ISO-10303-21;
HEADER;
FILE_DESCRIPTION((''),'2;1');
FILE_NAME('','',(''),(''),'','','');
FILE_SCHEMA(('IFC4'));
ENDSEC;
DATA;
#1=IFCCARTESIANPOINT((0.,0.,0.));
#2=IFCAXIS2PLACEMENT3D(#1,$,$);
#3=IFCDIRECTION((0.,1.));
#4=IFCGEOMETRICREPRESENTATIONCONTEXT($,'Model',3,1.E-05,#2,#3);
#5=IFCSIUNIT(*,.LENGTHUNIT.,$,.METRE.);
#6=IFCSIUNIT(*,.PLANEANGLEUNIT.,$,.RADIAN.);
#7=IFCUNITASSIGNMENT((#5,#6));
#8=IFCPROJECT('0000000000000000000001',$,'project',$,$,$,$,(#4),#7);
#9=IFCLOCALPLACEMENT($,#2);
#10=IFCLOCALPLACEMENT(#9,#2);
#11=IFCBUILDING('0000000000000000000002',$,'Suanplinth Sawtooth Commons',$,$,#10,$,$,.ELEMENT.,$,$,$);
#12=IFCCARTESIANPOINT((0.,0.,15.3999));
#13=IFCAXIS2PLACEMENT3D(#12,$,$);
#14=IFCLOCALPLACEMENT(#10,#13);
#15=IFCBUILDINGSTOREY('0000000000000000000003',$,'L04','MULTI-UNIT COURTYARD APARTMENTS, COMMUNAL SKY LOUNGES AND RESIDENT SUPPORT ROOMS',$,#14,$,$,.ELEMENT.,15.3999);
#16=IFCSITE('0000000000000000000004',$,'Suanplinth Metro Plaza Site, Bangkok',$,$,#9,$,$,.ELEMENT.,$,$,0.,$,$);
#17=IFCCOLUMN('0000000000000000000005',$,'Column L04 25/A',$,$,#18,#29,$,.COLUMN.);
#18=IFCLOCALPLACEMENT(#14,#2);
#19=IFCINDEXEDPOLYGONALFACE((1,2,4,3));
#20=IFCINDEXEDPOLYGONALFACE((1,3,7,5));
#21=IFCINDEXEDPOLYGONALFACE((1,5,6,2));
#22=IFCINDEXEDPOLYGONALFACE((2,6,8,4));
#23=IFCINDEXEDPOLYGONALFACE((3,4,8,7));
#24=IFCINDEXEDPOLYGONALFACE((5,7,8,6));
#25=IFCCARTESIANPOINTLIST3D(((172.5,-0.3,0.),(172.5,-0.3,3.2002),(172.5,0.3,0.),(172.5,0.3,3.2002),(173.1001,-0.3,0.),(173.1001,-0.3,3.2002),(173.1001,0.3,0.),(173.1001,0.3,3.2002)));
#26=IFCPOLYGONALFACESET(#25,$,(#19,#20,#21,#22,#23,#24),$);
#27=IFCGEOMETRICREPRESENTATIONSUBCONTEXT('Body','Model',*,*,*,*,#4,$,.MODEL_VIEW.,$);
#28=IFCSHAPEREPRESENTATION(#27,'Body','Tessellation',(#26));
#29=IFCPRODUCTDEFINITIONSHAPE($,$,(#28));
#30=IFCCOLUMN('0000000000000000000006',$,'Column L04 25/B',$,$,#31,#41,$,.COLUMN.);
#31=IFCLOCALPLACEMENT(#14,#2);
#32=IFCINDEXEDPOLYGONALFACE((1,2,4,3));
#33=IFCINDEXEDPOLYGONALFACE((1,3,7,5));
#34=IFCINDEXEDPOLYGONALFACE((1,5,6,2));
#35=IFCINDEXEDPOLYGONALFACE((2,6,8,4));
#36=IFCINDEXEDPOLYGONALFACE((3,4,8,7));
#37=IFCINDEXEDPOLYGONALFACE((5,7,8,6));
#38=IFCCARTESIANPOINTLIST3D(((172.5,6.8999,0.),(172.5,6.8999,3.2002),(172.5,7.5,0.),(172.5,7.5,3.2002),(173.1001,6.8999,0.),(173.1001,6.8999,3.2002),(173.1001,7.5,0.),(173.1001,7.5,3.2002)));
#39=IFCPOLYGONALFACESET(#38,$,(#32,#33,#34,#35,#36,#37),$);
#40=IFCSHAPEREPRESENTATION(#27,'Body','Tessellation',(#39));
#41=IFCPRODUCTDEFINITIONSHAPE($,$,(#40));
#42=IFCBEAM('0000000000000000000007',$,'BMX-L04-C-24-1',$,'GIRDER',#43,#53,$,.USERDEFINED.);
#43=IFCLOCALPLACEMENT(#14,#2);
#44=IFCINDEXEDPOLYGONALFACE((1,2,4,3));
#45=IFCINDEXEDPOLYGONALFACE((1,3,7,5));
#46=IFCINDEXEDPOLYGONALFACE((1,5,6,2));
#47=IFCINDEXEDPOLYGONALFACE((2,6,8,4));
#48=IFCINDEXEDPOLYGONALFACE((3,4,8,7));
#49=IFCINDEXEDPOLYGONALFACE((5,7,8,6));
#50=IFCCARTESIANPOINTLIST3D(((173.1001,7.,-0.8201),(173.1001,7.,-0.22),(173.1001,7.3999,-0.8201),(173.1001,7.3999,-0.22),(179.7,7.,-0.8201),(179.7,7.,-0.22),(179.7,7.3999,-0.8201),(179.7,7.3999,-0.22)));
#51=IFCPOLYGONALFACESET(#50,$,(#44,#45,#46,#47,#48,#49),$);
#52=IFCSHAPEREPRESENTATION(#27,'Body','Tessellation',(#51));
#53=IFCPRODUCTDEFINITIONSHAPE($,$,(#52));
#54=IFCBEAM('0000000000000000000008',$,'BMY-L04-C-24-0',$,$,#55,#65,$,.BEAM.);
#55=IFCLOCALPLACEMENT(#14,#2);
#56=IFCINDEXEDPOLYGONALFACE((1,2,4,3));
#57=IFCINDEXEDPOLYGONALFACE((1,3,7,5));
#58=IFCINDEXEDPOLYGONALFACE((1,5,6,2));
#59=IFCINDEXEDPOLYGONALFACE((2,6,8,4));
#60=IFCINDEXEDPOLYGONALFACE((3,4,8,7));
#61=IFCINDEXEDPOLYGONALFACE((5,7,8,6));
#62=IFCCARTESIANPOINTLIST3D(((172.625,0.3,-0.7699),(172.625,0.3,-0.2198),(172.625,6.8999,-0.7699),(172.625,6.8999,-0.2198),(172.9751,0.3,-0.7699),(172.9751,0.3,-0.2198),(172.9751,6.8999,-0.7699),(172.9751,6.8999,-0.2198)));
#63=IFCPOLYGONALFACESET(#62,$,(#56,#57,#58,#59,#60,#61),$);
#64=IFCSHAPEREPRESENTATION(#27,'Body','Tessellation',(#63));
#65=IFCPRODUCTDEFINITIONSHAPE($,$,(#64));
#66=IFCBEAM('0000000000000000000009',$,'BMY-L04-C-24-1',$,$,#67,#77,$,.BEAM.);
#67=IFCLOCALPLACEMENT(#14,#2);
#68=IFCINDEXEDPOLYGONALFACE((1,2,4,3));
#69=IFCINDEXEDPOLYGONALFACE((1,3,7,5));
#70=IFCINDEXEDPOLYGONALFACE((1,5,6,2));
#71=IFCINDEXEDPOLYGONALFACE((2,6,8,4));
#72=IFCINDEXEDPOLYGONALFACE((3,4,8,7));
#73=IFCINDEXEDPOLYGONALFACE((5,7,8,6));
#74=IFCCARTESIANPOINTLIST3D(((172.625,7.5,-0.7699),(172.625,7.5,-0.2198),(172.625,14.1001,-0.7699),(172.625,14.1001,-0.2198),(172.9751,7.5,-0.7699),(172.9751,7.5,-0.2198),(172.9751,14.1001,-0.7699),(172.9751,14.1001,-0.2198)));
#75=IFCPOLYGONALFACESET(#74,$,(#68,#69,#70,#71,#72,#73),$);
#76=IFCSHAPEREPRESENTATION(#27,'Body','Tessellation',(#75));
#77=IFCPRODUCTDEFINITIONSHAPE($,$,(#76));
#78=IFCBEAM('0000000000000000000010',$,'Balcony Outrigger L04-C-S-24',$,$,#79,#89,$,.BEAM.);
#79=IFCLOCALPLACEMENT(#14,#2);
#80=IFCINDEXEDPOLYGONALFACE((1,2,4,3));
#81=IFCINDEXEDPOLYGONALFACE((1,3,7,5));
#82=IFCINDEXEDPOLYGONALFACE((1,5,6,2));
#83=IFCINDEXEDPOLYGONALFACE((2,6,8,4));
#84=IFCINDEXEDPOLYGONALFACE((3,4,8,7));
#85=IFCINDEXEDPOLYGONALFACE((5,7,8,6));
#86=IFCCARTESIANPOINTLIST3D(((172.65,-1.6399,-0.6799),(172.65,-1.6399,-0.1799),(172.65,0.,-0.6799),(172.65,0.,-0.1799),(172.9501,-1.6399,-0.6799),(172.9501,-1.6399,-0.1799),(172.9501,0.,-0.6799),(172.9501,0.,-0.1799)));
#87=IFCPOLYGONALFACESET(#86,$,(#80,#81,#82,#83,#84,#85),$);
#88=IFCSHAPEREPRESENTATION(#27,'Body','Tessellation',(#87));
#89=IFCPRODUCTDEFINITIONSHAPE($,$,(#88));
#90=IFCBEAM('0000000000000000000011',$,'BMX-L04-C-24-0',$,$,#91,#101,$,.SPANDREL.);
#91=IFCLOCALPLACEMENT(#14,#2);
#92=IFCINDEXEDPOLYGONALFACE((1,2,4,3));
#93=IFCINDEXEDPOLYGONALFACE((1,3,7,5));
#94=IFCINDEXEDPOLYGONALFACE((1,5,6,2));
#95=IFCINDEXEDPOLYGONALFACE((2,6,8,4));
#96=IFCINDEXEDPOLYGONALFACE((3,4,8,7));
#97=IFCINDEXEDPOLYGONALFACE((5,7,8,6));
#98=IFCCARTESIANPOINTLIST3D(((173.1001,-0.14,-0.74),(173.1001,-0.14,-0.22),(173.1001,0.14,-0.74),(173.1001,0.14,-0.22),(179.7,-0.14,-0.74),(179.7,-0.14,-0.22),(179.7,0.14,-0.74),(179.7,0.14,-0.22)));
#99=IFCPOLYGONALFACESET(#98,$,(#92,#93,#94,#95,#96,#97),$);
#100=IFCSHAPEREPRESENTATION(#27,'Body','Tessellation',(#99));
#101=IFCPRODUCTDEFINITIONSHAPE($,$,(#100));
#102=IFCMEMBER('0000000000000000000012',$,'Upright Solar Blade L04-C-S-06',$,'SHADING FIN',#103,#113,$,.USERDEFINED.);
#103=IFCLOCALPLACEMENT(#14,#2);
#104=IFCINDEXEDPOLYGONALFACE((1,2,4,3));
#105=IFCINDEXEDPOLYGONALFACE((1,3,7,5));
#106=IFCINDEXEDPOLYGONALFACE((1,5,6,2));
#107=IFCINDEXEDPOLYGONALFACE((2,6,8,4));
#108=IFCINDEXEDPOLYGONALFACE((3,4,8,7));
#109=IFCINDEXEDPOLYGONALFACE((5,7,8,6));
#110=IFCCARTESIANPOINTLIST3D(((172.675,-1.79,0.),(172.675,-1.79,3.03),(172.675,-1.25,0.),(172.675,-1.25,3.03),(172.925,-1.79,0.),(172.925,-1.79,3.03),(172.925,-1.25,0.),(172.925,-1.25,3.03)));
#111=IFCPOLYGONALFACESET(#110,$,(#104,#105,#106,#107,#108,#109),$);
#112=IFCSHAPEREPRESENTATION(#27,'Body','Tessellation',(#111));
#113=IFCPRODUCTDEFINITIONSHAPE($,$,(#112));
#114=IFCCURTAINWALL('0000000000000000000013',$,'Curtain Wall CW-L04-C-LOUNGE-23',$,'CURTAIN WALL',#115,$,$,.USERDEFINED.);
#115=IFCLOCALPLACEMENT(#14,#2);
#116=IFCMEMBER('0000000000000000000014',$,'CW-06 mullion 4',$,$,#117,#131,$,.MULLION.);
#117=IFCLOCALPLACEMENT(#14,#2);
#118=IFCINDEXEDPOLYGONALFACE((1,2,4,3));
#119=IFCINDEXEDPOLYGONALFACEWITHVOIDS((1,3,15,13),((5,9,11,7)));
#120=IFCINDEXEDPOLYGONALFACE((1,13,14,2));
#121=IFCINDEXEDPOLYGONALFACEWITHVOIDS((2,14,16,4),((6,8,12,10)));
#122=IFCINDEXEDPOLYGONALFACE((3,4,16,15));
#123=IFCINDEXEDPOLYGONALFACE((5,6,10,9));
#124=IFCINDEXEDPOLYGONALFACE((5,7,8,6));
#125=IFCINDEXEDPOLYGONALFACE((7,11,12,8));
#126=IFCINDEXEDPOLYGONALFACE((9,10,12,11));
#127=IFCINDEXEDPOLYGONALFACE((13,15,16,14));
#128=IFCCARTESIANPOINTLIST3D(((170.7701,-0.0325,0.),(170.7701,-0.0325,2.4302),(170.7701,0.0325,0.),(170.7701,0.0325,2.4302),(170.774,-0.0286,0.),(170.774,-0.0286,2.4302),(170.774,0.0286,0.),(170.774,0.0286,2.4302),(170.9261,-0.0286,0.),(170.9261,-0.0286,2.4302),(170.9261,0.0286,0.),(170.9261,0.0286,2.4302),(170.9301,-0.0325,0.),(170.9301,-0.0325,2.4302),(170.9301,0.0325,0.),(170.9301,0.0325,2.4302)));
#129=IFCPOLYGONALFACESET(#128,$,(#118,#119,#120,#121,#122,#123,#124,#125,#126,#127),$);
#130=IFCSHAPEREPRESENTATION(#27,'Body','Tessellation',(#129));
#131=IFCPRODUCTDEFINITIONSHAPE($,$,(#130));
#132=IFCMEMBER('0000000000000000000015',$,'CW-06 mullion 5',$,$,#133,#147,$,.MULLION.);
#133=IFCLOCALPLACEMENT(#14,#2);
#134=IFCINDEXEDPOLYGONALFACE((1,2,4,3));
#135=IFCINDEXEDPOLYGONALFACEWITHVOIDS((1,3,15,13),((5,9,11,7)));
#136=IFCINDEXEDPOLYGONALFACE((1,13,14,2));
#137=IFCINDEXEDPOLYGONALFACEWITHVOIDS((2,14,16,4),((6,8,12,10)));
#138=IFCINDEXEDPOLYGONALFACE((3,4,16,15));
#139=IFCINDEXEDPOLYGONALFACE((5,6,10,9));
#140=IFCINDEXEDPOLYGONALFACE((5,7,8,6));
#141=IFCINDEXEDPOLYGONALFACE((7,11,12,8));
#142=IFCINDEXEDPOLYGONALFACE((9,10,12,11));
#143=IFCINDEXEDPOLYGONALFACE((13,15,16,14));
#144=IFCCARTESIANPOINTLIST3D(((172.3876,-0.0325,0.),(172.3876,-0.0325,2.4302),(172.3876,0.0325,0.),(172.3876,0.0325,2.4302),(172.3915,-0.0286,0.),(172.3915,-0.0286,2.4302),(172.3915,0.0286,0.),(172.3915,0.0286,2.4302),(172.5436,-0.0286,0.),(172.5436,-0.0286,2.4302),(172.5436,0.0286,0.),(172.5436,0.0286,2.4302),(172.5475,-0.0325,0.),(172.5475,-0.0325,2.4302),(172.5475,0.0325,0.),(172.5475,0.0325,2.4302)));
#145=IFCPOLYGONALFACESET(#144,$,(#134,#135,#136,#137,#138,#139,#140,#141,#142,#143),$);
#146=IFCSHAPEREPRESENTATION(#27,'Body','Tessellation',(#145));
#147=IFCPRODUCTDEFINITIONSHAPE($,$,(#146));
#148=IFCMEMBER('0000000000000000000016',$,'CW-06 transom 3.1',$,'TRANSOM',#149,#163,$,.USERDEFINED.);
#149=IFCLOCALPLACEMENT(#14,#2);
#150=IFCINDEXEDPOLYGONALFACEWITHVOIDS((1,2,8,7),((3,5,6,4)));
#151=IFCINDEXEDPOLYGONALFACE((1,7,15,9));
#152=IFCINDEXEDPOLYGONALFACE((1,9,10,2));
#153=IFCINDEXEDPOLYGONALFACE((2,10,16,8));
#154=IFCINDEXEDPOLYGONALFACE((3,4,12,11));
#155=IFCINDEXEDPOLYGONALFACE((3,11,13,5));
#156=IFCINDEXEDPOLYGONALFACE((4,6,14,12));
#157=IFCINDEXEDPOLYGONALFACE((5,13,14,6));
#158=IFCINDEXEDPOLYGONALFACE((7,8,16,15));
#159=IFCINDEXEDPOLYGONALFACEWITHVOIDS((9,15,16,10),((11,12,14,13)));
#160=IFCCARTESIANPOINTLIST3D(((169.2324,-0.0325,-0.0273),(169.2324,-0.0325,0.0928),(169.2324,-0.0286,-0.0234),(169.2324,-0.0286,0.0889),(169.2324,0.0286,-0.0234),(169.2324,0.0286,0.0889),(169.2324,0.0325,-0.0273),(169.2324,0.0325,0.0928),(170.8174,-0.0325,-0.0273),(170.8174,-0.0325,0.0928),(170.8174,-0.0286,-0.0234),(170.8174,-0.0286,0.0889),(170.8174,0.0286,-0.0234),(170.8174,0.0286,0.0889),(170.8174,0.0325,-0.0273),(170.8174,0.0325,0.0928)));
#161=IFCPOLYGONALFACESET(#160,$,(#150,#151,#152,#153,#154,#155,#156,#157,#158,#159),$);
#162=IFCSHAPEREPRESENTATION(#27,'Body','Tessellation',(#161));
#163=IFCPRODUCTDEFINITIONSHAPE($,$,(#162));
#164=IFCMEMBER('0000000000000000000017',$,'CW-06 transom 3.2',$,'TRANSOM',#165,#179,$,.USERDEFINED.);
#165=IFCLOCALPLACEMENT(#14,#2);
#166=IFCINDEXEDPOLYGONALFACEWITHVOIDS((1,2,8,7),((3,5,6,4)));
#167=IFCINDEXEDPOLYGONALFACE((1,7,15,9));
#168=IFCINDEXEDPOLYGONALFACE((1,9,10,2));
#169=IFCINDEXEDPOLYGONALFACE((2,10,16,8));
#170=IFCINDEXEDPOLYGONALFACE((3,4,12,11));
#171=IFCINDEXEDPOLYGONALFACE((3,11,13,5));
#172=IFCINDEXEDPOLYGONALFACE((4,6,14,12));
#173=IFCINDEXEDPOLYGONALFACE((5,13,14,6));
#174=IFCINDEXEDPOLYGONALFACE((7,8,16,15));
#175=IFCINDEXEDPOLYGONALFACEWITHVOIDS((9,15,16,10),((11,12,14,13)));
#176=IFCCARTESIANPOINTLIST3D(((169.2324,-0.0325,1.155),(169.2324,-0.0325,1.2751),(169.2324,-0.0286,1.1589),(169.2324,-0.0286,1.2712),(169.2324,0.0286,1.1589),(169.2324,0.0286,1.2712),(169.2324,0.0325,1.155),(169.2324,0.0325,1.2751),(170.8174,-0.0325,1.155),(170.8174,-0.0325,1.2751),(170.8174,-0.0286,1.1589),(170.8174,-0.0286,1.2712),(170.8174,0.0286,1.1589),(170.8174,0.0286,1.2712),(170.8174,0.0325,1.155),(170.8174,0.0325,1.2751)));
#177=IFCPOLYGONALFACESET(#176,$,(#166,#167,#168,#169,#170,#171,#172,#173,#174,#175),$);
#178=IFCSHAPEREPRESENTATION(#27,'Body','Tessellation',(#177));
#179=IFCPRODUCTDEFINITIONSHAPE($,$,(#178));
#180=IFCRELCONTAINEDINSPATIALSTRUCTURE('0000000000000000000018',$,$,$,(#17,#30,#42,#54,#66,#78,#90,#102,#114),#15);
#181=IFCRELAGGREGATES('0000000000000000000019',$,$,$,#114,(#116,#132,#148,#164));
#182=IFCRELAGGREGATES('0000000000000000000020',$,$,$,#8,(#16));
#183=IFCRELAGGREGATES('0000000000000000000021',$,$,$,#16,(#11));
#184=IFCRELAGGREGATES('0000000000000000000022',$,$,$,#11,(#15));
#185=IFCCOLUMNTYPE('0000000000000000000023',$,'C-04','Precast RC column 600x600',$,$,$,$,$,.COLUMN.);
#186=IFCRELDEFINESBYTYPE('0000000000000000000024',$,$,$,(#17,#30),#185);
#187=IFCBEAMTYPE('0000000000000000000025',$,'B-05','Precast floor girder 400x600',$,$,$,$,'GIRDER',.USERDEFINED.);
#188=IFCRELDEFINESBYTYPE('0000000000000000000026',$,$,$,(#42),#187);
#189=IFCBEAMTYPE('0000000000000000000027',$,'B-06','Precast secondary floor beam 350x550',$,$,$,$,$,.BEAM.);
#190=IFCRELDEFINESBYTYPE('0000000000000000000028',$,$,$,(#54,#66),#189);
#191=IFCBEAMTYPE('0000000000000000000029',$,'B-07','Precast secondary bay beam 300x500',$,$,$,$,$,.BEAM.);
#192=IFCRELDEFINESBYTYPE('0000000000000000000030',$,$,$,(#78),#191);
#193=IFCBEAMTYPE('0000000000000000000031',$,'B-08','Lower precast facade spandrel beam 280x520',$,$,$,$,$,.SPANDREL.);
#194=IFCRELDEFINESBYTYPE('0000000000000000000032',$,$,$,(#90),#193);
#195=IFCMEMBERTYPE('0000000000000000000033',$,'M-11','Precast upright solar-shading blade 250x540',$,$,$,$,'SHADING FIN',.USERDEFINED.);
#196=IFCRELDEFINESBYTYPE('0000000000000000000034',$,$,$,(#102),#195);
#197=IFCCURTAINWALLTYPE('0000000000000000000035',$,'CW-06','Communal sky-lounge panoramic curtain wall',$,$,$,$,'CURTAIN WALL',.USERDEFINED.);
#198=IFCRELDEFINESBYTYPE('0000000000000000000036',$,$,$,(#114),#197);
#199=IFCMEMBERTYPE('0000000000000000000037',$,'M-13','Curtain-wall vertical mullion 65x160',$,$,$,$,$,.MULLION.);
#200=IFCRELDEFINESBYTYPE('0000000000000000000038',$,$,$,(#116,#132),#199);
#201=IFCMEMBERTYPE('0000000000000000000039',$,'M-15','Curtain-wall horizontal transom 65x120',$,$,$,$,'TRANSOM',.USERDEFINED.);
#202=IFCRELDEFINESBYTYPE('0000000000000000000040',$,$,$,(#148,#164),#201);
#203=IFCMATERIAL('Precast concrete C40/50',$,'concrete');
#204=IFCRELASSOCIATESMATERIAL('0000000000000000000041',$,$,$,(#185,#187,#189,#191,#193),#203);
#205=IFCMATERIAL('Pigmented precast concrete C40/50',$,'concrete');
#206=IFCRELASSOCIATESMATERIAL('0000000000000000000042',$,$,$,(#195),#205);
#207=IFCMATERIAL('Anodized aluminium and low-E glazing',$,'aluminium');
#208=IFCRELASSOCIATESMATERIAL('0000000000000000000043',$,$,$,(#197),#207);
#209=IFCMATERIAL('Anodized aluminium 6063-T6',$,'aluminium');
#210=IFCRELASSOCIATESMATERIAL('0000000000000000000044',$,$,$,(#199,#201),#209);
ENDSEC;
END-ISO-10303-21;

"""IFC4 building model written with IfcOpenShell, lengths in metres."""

from ifc_helpers import new_model, si_unit, direction, frame, origin, origin_2d, place, context, subcontext, project, spatial, rectangle, hollow_rectangle, extrude, material, material_profile, profile_set, type_object, element, aggregate, save


model = new_model("IFC4")

# Units and contexts
model_context = context("Model", 3, precision=1e-05, world=origin(), true_north=direction((0.0, 1.0)))
body_context = subcontext(model_context, "Body", "Model", "MODEL_VIEW")
ifc_project = project(units=[si_unit("LENGTHUNIT", "METRE"), si_unit("PLANEANGLEUNIT", "RADIAN")], contexts=[model_context])

# Site, building, storey
site_placement = place(None, origin())
site = spatial("IfcSite", under=ifc_project, at=site_placement, Name="Suanplinth Metro Plaza Site, Bangkok", CompositionType="ELEMENT", RefElevation=0.0)
building_placement = place(site_placement, origin())
building = spatial("IfcBuilding", under=site, at=building_placement, Name="Suanplinth Sawtooth Commons", CompositionType="ELEMENT")
storey_placement = place(building_placement, frame((0.0, 0.0, 15.3999)))
storey = spatial("IfcBuildingStorey", under=building, at=storey_placement, Name="L04", Description="MULTI-UNIT COURTYARD APARTMENTS, COMMUNAL SKY LOUNGES AND RESIDENT SUPPORT ROOMS", CompositionType="ELEMENT", Elevation=15.3999)

# Columns
ifc_material_1 = material(Name="Precast concrete C40/50", Category="concrete")
ifc_material_profile_1 = material_profile(ifc_material_1, rectangle(XDim=0.6001, YDim=0.6001, at=origin_2d()), Name="PC-COL 600x600")
ifc_profile_set_1 = profile_set([ifc_material_profile_1], Name="Precast concrete C40/50")
column_type = type_object("IfcColumnType", Name="C-04", Description="Precast RC column 600x600", PredefinedType="COLUMN", material=ifc_profile_set_1)
for number, where, z_axis, x_axis, name in (
    (1, (172.8, 0.0, 0.0), (0.0, 0.0, 1.0), (1.0, 0.0, 0.0), "Column L04 25/A"),
    (2, (172.8, 7.2, 0.0), (0.0, 0.0, 1.0), (1.0, 0.0, 0.0), "Column L04 25/B"),
):
    element("IfcColumn", number, at=place(storey_placement, frame(where, z_axis=z_axis, x_axis=x_axis)), inside=storey, type_object=column_type, Name=name, PredefinedType="COLUMN", context=body_context, shape_type="SweptSolid", body=[
        extrude(rectangle(XDim=0.6001, YDim=0.6001, at=origin_2d()), origin(), (0.0, 0.0, 1.0), 3.2002),
    ])

# Beams
ifc_material_profile_2 = material_profile(ifc_material_1, rectangle(XDim=0.3999, YDim=0.6001, at=origin_2d()), Name="PC-GDR 400x600")
ifc_profile_set_2 = profile_set([ifc_material_profile_2], Name="Precast concrete C40/50")
beam_type_1 = type_object("IfcBeamType", Name="B-05", Description="Precast floor girder 400x600", ElementType="GIRDER", PredefinedType="USERDEFINED", material=ifc_profile_set_2)
beam_1_placement = place(storey_placement, frame((173.1001, 7.2, -0.52), z_axis=(1.0, 0.0, 0.0), x_axis=(0.0, 1.0, 0.0)))
element("IfcBeam", 3, at=beam_1_placement, inside=storey, type_object=beam_type_1, Name="BMX-L04-C-24-1", ObjectType="GIRDER", PredefinedType="USERDEFINED", context=body_context, shape_type="SweptSolid", body=[
    extrude(rectangle(XDim=0.3999, YDim=0.6001, at=origin_2d()), origin(), (0.0, 0.0, 1.0), 6.5999),
])
ifc_material_profile_3 = material_profile(ifc_material_1, rectangle(XDim=0.3501, YDim=0.55, at=origin_2d()), Name="PC-BM 350x550")
ifc_profile_set_3 = profile_set([ifc_material_profile_3], Name="Precast concrete C40/50")
beam_type_2 = type_object("IfcBeamType", Name="B-06", Description="Precast secondary floor beam 350x550", PredefinedType="BEAM", material=ifc_profile_set_3)
beam_2_placement = place(storey_placement, frame((172.8, 0.3, -0.4949), z_axis=(0.0, 1.0, 0.0), x_axis=(-1.0, 0.0, 0.0)))
element("IfcBeam", 4, at=beam_2_placement, inside=storey, type_object=beam_type_2, Name="BMY-L04-C-24-0", PredefinedType="BEAM", context=body_context, shape_type="SweptSolid", body=[
    extrude(rectangle(XDim=0.3501, YDim=0.55, at=origin_2d()), origin(), (0.0, 0.0, 1.0), 6.5999),
])
beam_3_placement = place(storey_placement, frame((172.8, 7.5, -0.4949), z_axis=(0.0, 1.0, 0.0), x_axis=(-1.0, 0.0, 0.0)))
element("IfcBeam", 5, at=beam_3_placement, inside=storey, type_object=beam_type_2, Name="BMY-L04-C-24-1", PredefinedType="BEAM", context=body_context, shape_type="SweptSolid", body=[
    extrude(rectangle(XDim=0.3501, YDim=0.55, at=origin_2d()), origin(), (0.0, 0.0, 1.0), 6.6001),
])
ifc_material_profile_4 = material_profile(ifc_material_1, rectangle(XDim=0.3, YDim=0.5, at=origin_2d()), Name="PC-BM 300x500")
ifc_profile_set_4 = profile_set([ifc_material_profile_4], Name="Precast concrete C40/50")
beam_type_3 = type_object("IfcBeamType", Name="B-07", Description="Precast secondary bay beam 300x500", PredefinedType="BEAM", material=ifc_profile_set_4)
beam_4_placement = place(storey_placement, frame((172.8, 0.0, -0.4299), z_axis=(0.0, -1.0, 0.0), x_axis=(1.0, 0.0, 0.0)))
element("IfcBeam", 6, at=beam_4_placement, inside=storey, type_object=beam_type_3, Name="Balcony Outrigger L04-C-S-24", PredefinedType="BEAM", context=body_context, shape_type="SweptSolid", body=[
    extrude(rectangle(XDim=0.3, YDim=0.5, at=origin_2d()), origin(), (0.0, 0.0, 1.0), 1.6399),
])
ifc_material_profile_5 = material_profile(ifc_material_1, rectangle(XDim=0.28, YDim=0.52, at=origin_2d()), Name="PC-SP 280x520")
ifc_profile_set_5 = profile_set([ifc_material_profile_5], Name="Precast concrete C40/50")
beam_type_4 = type_object("IfcBeamType", Name="B-08", Description="Lower precast facade spandrel beam 280x520", PredefinedType="SPANDREL", material=ifc_profile_set_5)
beam_5_placement = place(storey_placement, frame((173.1001, 0.0, -0.48), z_axis=(1.0, 0.0, 0.0), x_axis=(0.0, 1.0, 0.0)))
element("IfcBeam", 7, at=beam_5_placement, inside=storey, type_object=beam_type_4, Name="BMX-L04-C-24-0", PredefinedType="SPANDREL", context=body_context, shape_type="SweptSolid", body=[
    extrude(rectangle(XDim=0.28, YDim=0.52, at=origin_2d()), origin(), (0.0, 0.0, 1.0), 6.5999),
])

# Member
ifc_material_2 = material(Name="Pigmented precast concrete C40/50", Category="concrete")
ifc_material_profile_6 = material_profile(ifc_material_2, rectangle(XDim=0.25, YDim=0.54, at=origin_2d()), Name="PC-FIN 250x540")
ifc_profile_set_6 = profile_set([ifc_material_profile_6], Name="Pigmented precast concrete C40/50")
member_type_1 = type_object("IfcMemberType", Name="M-11", Description="Precast upright solar-shading blade 250x540", ElementType="SHADING FIN", PredefinedType="USERDEFINED", material=ifc_profile_set_6)
member_1_placement = place(storey_placement, frame((172.8, -1.52, 0.0), z_axis=(0.0, 0.0, 1.0), x_axis=(1.0, 0.0, 0.0)))
element("IfcMember", 8, at=member_1_placement, inside=storey, type_object=member_type_1, Name="Upright Solar Blade L04-C-S-06", ObjectType="SHADING FIN", PredefinedType="USERDEFINED", context=body_context, shape_type="SweptSolid", body=[
    extrude(rectangle(XDim=0.25, YDim=0.54, at=origin_2d()), origin(), (0.0, 0.0, 1.0), 3.03),
])

# Curtain wall, members
ifc_material_3 = material(Name="Anodized aluminium and low-E glazing", Category="aluminium")
curtain_wall_type = type_object("IfcCurtainWallType", Name="CW-06", Description="Communal sky-lounge panoramic curtain wall", ElementType="CURTAIN WALL", PredefinedType="USERDEFINED", material=ifc_material_3)
curtain_wall_placement = place(storey_placement, origin())
curtain_wall = element("IfcCurtainWall", 9, at=curtain_wall_placement, inside=storey, type_object=curtain_wall_type, Name="Curtain Wall CW-L04-C-LOUNGE-23", ObjectType="CURTAIN WALL", PredefinedType="USERDEFINED")
ifc_material_4 = material(Name="Anodized aluminium 6063-T6", Category="aluminium")
ifc_material_profile_7 = material_profile(ifc_material_4, hollow_rectangle(XDim=0.0649, YDim=0.1599, WallThickness=0.0039, at=origin_2d()), Name="ALU-MUL 65x160")
ifc_profile_set_7 = profile_set([ifc_material_profile_7], Name="Anodized aluminium 6063-T6")
member_type_2 = type_object("IfcMemberType", Name="M-13", Description="Curtain-wall vertical mullion 65x160", PredefinedType="MULLION", material=ifc_profile_set_7)
member_2_placement = place(storey_placement, frame((170.8501, 0.0, 0.0), z_axis=(0.0, 0.0, 1.0), x_axis=(0.0, 1.0, 0.0)))
member_2 = element("IfcMember", 10, at=member_2_placement, type_object=member_type_2, Name="CW-06 mullion 4", PredefinedType="MULLION", context=body_context, shape_type="SweptSolid", body=[
    extrude(hollow_rectangle(XDim=0.0649, YDim=0.1599, WallThickness=0.0039, at=origin_2d()), origin(), (0.0, 0.0, 1.0), 2.4302),
])
member_3_placement = place(storey_placement, frame((172.4675, 0.0, 0.0), z_axis=(0.0, 0.0, 1.0), x_axis=(0.0, 1.0, 0.0)))
member_3 = element("IfcMember", 11, at=member_3_placement, type_object=member_type_2, Name="CW-06 mullion 5", PredefinedType="MULLION", context=body_context, shape_type="SweptSolid", body=[
    extrude(hollow_rectangle(XDim=0.0649, YDim=0.1599, WallThickness=0.0039, at=origin_2d()), origin(), (0.0, 0.0, 1.0), 2.4302),
])
ifc_material_profile_8 = material_profile(ifc_material_4, hollow_rectangle(XDim=0.0649, YDim=0.1201, WallThickness=0.0039, at=origin_2d()), Name="ALU-TRN 65x120")
ifc_profile_set_8 = profile_set([ifc_material_profile_8], Name="Anodized aluminium 6063-T6")
member_type_3 = type_object("IfcMemberType", Name="M-15", Description="Curtain-wall horizontal transom 65x120", ElementType="TRANSOM", PredefinedType="USERDEFINED", material=ifc_profile_set_8)
member_4_placement = place(storey_placement, frame((169.2324, 0.0, 0.0327), z_axis=(1.0, 0.0, 0.0), x_axis=(0.0, 1.0, 0.0)))
member_4 = element("IfcMember", 12, at=member_4_placement, type_object=member_type_3, Name="CW-06 transom 3.1", ObjectType="TRANSOM", PredefinedType="USERDEFINED", context=body_context, shape_type="SweptSolid", body=[
    extrude(hollow_rectangle(XDim=0.0649, YDim=0.1201, WallThickness=0.0039, at=origin_2d()), origin(), (0.0, 0.0, 1.0), 1.585),
])
member_5_placement = place(storey_placement, frame((169.2324, 0.0, 1.2151), z_axis=(1.0, 0.0, 0.0), x_axis=(0.0, 1.0, 0.0)))
member_5 = element("IfcMember", 13, at=member_5_placement, type_object=member_type_3, Name="CW-06 transom 3.2", ObjectType="TRANSOM", PredefinedType="USERDEFINED", context=body_context, shape_type="SweptSolid", body=[
    extrude(hollow_rectangle(XDim=0.0649, YDim=0.1201, WallThickness=0.0039, at=origin_2d()), origin(), (0.0, 0.0, 1.0), 1.585),
])
aggregate(curtain_wall, [member_2, member_3, member_4, member_5])

save(model, "model.ifc")
